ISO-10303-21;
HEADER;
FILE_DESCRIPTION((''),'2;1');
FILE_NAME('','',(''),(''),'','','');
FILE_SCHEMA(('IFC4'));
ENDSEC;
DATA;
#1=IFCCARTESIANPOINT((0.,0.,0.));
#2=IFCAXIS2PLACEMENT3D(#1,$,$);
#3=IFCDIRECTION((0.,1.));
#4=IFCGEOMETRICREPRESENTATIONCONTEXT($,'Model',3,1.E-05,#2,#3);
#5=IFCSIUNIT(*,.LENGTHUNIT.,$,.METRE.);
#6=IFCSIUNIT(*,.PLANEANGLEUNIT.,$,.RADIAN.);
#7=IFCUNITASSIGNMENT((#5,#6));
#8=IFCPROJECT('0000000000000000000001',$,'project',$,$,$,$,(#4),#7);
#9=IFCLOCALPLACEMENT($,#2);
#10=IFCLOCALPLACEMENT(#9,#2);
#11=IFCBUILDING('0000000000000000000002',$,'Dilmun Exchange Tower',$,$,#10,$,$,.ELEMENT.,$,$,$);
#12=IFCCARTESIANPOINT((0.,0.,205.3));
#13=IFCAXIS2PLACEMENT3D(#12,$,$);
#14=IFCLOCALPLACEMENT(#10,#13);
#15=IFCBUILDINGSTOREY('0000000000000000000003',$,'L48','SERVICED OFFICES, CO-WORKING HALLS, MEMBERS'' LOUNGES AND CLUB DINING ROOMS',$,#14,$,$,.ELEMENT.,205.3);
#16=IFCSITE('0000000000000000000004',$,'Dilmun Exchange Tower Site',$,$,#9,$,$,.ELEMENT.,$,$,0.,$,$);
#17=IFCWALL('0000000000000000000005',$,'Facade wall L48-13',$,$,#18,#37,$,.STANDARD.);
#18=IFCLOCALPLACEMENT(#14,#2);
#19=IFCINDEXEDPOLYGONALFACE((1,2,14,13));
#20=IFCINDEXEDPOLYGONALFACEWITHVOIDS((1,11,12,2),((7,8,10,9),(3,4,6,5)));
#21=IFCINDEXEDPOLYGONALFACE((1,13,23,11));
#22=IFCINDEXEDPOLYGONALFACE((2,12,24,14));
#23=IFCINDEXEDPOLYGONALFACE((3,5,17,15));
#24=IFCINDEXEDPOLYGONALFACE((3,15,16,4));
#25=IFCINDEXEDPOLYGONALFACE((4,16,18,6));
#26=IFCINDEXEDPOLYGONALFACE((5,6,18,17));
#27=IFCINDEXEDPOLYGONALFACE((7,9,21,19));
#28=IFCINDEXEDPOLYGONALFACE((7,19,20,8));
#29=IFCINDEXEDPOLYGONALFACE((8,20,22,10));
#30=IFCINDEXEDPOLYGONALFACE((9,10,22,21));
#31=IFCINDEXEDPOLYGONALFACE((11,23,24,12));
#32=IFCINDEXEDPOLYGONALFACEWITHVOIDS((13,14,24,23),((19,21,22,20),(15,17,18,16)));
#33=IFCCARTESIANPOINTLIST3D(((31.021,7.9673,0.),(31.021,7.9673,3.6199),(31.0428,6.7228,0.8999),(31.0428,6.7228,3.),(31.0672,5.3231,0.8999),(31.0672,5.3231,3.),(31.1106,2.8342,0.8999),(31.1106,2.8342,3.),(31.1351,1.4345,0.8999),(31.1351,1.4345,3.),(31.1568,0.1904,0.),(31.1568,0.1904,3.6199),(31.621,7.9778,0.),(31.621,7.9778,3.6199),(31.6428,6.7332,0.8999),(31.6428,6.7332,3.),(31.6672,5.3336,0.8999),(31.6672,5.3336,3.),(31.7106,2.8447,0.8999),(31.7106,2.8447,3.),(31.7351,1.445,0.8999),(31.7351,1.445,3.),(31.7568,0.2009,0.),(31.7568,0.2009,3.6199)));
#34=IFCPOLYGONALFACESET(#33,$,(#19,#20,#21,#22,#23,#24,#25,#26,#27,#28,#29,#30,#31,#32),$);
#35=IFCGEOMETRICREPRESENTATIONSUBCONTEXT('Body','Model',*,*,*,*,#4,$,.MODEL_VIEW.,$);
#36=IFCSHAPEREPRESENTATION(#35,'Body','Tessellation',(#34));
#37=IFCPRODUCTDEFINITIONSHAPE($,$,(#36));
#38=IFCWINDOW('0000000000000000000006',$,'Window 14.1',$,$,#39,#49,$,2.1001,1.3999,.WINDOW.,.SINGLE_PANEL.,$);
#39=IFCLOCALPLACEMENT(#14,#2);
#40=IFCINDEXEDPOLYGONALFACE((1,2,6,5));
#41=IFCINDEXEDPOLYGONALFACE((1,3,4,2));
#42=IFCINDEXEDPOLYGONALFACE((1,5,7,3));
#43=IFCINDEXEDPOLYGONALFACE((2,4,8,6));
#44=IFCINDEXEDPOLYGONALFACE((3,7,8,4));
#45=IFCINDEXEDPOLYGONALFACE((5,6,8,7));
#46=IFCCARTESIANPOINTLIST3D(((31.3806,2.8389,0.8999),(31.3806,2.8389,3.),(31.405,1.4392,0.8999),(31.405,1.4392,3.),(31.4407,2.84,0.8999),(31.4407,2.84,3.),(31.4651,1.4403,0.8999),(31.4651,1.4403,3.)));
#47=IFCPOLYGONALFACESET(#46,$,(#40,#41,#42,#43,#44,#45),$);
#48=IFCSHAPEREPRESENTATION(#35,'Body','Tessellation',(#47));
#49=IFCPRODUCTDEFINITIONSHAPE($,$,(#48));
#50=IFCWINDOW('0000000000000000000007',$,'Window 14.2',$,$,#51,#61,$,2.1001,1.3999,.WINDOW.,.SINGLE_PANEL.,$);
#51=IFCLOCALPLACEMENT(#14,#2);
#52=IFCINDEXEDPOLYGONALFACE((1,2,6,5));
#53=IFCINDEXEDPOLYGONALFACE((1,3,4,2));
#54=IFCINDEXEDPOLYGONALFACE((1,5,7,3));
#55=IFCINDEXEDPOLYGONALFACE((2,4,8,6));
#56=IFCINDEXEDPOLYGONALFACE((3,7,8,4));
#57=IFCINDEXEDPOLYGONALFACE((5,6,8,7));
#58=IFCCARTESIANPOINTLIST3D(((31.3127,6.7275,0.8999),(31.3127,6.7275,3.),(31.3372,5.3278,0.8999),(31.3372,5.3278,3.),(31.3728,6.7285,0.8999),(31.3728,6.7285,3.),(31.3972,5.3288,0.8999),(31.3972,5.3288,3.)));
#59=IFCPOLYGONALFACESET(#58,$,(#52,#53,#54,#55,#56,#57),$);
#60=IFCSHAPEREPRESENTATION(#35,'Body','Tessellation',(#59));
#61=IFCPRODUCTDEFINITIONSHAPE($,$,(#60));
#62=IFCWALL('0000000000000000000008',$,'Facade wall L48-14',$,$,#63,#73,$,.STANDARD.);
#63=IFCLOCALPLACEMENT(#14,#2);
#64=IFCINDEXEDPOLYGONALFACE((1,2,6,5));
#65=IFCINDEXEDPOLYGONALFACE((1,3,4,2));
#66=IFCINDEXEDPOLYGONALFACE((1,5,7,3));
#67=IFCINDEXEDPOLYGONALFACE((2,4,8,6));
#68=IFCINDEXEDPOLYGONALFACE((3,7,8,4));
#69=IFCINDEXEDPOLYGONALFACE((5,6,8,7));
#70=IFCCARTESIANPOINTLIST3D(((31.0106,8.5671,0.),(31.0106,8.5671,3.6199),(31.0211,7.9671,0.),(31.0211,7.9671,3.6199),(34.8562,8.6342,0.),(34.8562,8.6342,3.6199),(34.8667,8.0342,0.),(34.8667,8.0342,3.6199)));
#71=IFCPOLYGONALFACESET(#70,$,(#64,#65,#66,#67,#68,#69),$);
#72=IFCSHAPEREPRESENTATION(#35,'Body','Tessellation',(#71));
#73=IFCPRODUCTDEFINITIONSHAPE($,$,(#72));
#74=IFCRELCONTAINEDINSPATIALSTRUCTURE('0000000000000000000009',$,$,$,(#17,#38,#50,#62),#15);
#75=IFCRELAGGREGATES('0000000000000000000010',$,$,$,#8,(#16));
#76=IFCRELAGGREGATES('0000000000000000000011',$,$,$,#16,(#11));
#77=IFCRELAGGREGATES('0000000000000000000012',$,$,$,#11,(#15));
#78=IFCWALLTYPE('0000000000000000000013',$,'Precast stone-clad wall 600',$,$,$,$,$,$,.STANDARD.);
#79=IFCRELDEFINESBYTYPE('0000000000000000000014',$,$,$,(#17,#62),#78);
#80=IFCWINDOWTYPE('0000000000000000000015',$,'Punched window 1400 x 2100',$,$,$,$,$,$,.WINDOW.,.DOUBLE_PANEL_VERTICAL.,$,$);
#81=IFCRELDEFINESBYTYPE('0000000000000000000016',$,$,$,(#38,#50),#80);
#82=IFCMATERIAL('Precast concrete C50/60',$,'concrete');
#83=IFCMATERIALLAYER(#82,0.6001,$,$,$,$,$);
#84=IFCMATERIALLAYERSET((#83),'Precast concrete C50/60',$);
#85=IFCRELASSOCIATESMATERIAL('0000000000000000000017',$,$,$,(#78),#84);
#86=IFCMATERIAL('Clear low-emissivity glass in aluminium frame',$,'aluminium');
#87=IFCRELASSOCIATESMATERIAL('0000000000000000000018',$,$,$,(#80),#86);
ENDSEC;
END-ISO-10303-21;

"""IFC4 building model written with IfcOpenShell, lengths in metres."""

from ifc_helpers import new_model, si_unit, direction, frame, frame_2d, origin, place, context, subcontext, project, spatial, rectangle, extrude, material, layer, layer_set, type_object, element, fill, save


model = new_model("IFC4")

# Units and contexts
model_context = context("Model", 3, precision=1e-05, world=origin(), true_north=direction((0.0, 1.0)))
body_context = subcontext(model_context, "Body", "Model", "MODEL_VIEW")
ifc_project = project(units=[si_unit("LENGTHUNIT", "METRE"), si_unit("PLANEANGLEUNIT", "RADIAN")], contexts=[model_context])

# Site, building, storey
site_placement = place(None, origin())
site = spatial("IfcSite", under=ifc_project, at=site_placement, Name="Dilmun Exchange Tower Site", CompositionType="ELEMENT", RefElevation=0.0)
building_placement = place(site_placement, origin())
building = spatial("IfcBuilding", under=site, at=building_placement, Name="Dilmun Exchange Tower", CompositionType="ELEMENT")
storey_placement = place(building_placement, frame((0.0, 0.0, 205.3)))
storey = spatial("IfcBuildingStorey", under=building, at=storey_placement, Name="L48", Description="SERVICED OFFICES, CO-WORKING HALLS, MEMBERS' LOUNGES AND CLUB DINING ROOMS", CompositionType="ELEMENT", Elevation=205.3)

# Wall, openings, windows
ifc_material_1 = material(Name="Precast concrete C50/60", Category="concrete")
ifc_layer_1 = layer(ifc_material_1, 0.6001)
ifc_layer_set_1 = layer_set([ifc_layer_1], Name="Precast concrete C50/60")
wall_type_1 = type_object("IfcWallType", Name="Precast stone-clad wall 600", PredefinedType="STANDARD", material=ifc_layer_set_1)
wall_1_placement = place(storey_placement, frame((31.4568, 0.1956, 0.0), z_axis=(0.0, 0.0, 1.0), x_axis=(-0.017452, 0.999848, 0.0)))
wall_1 = element("IfcWall", 1, at=wall_1_placement, inside=storey, type_object=wall_type_1, Name="Facade wall L48-13", PredefinedType="STANDARD", context=body_context, shape_type="SweptSolid", body=[
    extrude(rectangle(XDim=7.7781, YDim=0.6001, at=frame_2d((3.8892, 0.0))), origin(), (0.0, 0.0, 1.0), 3.6199),
])
opening_1_placement = place(wall_1_placement, frame((1.2444, 0.0, 0.8999)))
opening_1 = element("IfcOpeningElement", 2, at=opening_1_placement, cuts=wall_1, PredefinedType="OPENING", context=body_context, shape_type="SweptSolid", body=[
    extrude(rectangle(XDim=1.3999, YDim=2.1001, at=frame_2d((0.7, 1.05))), frame((0.0, 0.3101, 0.0), z_axis=(0.0, -1.0, 0.0), x_axis=(1.0, 0.0, 0.0)), (0.0, 0.0, 1.0), 0.6201),
])
opening_2_placement = place(wall_1_placement, frame((5.1335, 0.0, 0.8999)))
opening_2 = element("IfcOpeningElement", 3, at=opening_2_placement, cuts=wall_1, PredefinedType="OPENING", context=body_context, shape_type="SweptSolid", body=[
    extrude(rectangle(XDim=1.3999, YDim=2.1001, at=frame_2d((0.7, 1.05))), frame((0.0, 0.3101, 0.0), z_axis=(0.0, -1.0, 0.0), x_axis=(1.0, 0.0, 0.0)), (0.0, 0.0, 1.0), 0.6201),
])
ifc_material_2 = material(Name="Clear low-emissivity glass in aluminium frame", Category="aluminium")
window_type_1 = type_object("IfcWindowType", Name="Punched window 1400 x 2100", PartitioningType="DOUBLE_PANEL_VERTICAL", PredefinedType="WINDOW", material=ifc_material_2)
window_1_placement = place(opening_1_placement, origin())
window_1 = element("IfcWindow", 4, at=window_1_placement, inside=storey, type_object=window_type_1, Name="Window 14.1", OverallHeight=2.1001, OverallWidth=1.3999, PartitioningType="SINGLE_PANEL", PredefinedType="WINDOW", context=body_context, shape_type="SweptSolid", body=[
    extrude(rectangle(XDim=1.3999, YDim=2.1001, at=frame_2d((0.7, 1.05))), frame((0.0, 0.03, 0.0), z_axis=(0.0, -1.0, 0.0), x_axis=(1.0, 0.0, 0.0)), (0.0, 0.0, 1.0), 0.0601),
])
fill(opening_1, window_1)
window_2_placement = place(opening_2_placement, origin())
window_2 = element("IfcWindow", 5, at=window_2_placement, inside=storey, type_object=window_type_1, Name="Window 14.2", OverallHeight=2.1001, OverallWidth=1.3999, PartitioningType="SINGLE_PANEL", PredefinedType="WINDOW", context=body_context, shape_type="SweptSolid", body=[
    extrude(rectangle(XDim=1.3999, YDim=2.1001, at=frame_2d((0.7, 1.05))), frame((0.0, 0.03, 0.0), z_axis=(0.0, -1.0, 0.0), x_axis=(1.0, 0.0, 0.0)), (0.0, 0.0, 1.0), 0.0601),
])
fill(opening_2, window_2)

# Wall
wall_2_placement = place(storey_placement, frame((31.0159, 8.2671, 0.0), z_axis=(0.0, 0.0, 1.0), x_axis=(0.999848, 0.017455, 0.0)))
element("IfcWall", 6, at=wall_2_placement, inside=storey, type_object=wall_type_1, Name="Facade wall L48-14", PredefinedType="STANDARD", context=body_context, shape_type="SweptSolid", body=[
    extrude(rectangle(XDim=3.8462, YDim=0.6001, at=frame_2d((1.9231, 0.0))), origin(), (0.0, 0.0, 1.0), 3.6199),
])

save(model, "model.ifc")
